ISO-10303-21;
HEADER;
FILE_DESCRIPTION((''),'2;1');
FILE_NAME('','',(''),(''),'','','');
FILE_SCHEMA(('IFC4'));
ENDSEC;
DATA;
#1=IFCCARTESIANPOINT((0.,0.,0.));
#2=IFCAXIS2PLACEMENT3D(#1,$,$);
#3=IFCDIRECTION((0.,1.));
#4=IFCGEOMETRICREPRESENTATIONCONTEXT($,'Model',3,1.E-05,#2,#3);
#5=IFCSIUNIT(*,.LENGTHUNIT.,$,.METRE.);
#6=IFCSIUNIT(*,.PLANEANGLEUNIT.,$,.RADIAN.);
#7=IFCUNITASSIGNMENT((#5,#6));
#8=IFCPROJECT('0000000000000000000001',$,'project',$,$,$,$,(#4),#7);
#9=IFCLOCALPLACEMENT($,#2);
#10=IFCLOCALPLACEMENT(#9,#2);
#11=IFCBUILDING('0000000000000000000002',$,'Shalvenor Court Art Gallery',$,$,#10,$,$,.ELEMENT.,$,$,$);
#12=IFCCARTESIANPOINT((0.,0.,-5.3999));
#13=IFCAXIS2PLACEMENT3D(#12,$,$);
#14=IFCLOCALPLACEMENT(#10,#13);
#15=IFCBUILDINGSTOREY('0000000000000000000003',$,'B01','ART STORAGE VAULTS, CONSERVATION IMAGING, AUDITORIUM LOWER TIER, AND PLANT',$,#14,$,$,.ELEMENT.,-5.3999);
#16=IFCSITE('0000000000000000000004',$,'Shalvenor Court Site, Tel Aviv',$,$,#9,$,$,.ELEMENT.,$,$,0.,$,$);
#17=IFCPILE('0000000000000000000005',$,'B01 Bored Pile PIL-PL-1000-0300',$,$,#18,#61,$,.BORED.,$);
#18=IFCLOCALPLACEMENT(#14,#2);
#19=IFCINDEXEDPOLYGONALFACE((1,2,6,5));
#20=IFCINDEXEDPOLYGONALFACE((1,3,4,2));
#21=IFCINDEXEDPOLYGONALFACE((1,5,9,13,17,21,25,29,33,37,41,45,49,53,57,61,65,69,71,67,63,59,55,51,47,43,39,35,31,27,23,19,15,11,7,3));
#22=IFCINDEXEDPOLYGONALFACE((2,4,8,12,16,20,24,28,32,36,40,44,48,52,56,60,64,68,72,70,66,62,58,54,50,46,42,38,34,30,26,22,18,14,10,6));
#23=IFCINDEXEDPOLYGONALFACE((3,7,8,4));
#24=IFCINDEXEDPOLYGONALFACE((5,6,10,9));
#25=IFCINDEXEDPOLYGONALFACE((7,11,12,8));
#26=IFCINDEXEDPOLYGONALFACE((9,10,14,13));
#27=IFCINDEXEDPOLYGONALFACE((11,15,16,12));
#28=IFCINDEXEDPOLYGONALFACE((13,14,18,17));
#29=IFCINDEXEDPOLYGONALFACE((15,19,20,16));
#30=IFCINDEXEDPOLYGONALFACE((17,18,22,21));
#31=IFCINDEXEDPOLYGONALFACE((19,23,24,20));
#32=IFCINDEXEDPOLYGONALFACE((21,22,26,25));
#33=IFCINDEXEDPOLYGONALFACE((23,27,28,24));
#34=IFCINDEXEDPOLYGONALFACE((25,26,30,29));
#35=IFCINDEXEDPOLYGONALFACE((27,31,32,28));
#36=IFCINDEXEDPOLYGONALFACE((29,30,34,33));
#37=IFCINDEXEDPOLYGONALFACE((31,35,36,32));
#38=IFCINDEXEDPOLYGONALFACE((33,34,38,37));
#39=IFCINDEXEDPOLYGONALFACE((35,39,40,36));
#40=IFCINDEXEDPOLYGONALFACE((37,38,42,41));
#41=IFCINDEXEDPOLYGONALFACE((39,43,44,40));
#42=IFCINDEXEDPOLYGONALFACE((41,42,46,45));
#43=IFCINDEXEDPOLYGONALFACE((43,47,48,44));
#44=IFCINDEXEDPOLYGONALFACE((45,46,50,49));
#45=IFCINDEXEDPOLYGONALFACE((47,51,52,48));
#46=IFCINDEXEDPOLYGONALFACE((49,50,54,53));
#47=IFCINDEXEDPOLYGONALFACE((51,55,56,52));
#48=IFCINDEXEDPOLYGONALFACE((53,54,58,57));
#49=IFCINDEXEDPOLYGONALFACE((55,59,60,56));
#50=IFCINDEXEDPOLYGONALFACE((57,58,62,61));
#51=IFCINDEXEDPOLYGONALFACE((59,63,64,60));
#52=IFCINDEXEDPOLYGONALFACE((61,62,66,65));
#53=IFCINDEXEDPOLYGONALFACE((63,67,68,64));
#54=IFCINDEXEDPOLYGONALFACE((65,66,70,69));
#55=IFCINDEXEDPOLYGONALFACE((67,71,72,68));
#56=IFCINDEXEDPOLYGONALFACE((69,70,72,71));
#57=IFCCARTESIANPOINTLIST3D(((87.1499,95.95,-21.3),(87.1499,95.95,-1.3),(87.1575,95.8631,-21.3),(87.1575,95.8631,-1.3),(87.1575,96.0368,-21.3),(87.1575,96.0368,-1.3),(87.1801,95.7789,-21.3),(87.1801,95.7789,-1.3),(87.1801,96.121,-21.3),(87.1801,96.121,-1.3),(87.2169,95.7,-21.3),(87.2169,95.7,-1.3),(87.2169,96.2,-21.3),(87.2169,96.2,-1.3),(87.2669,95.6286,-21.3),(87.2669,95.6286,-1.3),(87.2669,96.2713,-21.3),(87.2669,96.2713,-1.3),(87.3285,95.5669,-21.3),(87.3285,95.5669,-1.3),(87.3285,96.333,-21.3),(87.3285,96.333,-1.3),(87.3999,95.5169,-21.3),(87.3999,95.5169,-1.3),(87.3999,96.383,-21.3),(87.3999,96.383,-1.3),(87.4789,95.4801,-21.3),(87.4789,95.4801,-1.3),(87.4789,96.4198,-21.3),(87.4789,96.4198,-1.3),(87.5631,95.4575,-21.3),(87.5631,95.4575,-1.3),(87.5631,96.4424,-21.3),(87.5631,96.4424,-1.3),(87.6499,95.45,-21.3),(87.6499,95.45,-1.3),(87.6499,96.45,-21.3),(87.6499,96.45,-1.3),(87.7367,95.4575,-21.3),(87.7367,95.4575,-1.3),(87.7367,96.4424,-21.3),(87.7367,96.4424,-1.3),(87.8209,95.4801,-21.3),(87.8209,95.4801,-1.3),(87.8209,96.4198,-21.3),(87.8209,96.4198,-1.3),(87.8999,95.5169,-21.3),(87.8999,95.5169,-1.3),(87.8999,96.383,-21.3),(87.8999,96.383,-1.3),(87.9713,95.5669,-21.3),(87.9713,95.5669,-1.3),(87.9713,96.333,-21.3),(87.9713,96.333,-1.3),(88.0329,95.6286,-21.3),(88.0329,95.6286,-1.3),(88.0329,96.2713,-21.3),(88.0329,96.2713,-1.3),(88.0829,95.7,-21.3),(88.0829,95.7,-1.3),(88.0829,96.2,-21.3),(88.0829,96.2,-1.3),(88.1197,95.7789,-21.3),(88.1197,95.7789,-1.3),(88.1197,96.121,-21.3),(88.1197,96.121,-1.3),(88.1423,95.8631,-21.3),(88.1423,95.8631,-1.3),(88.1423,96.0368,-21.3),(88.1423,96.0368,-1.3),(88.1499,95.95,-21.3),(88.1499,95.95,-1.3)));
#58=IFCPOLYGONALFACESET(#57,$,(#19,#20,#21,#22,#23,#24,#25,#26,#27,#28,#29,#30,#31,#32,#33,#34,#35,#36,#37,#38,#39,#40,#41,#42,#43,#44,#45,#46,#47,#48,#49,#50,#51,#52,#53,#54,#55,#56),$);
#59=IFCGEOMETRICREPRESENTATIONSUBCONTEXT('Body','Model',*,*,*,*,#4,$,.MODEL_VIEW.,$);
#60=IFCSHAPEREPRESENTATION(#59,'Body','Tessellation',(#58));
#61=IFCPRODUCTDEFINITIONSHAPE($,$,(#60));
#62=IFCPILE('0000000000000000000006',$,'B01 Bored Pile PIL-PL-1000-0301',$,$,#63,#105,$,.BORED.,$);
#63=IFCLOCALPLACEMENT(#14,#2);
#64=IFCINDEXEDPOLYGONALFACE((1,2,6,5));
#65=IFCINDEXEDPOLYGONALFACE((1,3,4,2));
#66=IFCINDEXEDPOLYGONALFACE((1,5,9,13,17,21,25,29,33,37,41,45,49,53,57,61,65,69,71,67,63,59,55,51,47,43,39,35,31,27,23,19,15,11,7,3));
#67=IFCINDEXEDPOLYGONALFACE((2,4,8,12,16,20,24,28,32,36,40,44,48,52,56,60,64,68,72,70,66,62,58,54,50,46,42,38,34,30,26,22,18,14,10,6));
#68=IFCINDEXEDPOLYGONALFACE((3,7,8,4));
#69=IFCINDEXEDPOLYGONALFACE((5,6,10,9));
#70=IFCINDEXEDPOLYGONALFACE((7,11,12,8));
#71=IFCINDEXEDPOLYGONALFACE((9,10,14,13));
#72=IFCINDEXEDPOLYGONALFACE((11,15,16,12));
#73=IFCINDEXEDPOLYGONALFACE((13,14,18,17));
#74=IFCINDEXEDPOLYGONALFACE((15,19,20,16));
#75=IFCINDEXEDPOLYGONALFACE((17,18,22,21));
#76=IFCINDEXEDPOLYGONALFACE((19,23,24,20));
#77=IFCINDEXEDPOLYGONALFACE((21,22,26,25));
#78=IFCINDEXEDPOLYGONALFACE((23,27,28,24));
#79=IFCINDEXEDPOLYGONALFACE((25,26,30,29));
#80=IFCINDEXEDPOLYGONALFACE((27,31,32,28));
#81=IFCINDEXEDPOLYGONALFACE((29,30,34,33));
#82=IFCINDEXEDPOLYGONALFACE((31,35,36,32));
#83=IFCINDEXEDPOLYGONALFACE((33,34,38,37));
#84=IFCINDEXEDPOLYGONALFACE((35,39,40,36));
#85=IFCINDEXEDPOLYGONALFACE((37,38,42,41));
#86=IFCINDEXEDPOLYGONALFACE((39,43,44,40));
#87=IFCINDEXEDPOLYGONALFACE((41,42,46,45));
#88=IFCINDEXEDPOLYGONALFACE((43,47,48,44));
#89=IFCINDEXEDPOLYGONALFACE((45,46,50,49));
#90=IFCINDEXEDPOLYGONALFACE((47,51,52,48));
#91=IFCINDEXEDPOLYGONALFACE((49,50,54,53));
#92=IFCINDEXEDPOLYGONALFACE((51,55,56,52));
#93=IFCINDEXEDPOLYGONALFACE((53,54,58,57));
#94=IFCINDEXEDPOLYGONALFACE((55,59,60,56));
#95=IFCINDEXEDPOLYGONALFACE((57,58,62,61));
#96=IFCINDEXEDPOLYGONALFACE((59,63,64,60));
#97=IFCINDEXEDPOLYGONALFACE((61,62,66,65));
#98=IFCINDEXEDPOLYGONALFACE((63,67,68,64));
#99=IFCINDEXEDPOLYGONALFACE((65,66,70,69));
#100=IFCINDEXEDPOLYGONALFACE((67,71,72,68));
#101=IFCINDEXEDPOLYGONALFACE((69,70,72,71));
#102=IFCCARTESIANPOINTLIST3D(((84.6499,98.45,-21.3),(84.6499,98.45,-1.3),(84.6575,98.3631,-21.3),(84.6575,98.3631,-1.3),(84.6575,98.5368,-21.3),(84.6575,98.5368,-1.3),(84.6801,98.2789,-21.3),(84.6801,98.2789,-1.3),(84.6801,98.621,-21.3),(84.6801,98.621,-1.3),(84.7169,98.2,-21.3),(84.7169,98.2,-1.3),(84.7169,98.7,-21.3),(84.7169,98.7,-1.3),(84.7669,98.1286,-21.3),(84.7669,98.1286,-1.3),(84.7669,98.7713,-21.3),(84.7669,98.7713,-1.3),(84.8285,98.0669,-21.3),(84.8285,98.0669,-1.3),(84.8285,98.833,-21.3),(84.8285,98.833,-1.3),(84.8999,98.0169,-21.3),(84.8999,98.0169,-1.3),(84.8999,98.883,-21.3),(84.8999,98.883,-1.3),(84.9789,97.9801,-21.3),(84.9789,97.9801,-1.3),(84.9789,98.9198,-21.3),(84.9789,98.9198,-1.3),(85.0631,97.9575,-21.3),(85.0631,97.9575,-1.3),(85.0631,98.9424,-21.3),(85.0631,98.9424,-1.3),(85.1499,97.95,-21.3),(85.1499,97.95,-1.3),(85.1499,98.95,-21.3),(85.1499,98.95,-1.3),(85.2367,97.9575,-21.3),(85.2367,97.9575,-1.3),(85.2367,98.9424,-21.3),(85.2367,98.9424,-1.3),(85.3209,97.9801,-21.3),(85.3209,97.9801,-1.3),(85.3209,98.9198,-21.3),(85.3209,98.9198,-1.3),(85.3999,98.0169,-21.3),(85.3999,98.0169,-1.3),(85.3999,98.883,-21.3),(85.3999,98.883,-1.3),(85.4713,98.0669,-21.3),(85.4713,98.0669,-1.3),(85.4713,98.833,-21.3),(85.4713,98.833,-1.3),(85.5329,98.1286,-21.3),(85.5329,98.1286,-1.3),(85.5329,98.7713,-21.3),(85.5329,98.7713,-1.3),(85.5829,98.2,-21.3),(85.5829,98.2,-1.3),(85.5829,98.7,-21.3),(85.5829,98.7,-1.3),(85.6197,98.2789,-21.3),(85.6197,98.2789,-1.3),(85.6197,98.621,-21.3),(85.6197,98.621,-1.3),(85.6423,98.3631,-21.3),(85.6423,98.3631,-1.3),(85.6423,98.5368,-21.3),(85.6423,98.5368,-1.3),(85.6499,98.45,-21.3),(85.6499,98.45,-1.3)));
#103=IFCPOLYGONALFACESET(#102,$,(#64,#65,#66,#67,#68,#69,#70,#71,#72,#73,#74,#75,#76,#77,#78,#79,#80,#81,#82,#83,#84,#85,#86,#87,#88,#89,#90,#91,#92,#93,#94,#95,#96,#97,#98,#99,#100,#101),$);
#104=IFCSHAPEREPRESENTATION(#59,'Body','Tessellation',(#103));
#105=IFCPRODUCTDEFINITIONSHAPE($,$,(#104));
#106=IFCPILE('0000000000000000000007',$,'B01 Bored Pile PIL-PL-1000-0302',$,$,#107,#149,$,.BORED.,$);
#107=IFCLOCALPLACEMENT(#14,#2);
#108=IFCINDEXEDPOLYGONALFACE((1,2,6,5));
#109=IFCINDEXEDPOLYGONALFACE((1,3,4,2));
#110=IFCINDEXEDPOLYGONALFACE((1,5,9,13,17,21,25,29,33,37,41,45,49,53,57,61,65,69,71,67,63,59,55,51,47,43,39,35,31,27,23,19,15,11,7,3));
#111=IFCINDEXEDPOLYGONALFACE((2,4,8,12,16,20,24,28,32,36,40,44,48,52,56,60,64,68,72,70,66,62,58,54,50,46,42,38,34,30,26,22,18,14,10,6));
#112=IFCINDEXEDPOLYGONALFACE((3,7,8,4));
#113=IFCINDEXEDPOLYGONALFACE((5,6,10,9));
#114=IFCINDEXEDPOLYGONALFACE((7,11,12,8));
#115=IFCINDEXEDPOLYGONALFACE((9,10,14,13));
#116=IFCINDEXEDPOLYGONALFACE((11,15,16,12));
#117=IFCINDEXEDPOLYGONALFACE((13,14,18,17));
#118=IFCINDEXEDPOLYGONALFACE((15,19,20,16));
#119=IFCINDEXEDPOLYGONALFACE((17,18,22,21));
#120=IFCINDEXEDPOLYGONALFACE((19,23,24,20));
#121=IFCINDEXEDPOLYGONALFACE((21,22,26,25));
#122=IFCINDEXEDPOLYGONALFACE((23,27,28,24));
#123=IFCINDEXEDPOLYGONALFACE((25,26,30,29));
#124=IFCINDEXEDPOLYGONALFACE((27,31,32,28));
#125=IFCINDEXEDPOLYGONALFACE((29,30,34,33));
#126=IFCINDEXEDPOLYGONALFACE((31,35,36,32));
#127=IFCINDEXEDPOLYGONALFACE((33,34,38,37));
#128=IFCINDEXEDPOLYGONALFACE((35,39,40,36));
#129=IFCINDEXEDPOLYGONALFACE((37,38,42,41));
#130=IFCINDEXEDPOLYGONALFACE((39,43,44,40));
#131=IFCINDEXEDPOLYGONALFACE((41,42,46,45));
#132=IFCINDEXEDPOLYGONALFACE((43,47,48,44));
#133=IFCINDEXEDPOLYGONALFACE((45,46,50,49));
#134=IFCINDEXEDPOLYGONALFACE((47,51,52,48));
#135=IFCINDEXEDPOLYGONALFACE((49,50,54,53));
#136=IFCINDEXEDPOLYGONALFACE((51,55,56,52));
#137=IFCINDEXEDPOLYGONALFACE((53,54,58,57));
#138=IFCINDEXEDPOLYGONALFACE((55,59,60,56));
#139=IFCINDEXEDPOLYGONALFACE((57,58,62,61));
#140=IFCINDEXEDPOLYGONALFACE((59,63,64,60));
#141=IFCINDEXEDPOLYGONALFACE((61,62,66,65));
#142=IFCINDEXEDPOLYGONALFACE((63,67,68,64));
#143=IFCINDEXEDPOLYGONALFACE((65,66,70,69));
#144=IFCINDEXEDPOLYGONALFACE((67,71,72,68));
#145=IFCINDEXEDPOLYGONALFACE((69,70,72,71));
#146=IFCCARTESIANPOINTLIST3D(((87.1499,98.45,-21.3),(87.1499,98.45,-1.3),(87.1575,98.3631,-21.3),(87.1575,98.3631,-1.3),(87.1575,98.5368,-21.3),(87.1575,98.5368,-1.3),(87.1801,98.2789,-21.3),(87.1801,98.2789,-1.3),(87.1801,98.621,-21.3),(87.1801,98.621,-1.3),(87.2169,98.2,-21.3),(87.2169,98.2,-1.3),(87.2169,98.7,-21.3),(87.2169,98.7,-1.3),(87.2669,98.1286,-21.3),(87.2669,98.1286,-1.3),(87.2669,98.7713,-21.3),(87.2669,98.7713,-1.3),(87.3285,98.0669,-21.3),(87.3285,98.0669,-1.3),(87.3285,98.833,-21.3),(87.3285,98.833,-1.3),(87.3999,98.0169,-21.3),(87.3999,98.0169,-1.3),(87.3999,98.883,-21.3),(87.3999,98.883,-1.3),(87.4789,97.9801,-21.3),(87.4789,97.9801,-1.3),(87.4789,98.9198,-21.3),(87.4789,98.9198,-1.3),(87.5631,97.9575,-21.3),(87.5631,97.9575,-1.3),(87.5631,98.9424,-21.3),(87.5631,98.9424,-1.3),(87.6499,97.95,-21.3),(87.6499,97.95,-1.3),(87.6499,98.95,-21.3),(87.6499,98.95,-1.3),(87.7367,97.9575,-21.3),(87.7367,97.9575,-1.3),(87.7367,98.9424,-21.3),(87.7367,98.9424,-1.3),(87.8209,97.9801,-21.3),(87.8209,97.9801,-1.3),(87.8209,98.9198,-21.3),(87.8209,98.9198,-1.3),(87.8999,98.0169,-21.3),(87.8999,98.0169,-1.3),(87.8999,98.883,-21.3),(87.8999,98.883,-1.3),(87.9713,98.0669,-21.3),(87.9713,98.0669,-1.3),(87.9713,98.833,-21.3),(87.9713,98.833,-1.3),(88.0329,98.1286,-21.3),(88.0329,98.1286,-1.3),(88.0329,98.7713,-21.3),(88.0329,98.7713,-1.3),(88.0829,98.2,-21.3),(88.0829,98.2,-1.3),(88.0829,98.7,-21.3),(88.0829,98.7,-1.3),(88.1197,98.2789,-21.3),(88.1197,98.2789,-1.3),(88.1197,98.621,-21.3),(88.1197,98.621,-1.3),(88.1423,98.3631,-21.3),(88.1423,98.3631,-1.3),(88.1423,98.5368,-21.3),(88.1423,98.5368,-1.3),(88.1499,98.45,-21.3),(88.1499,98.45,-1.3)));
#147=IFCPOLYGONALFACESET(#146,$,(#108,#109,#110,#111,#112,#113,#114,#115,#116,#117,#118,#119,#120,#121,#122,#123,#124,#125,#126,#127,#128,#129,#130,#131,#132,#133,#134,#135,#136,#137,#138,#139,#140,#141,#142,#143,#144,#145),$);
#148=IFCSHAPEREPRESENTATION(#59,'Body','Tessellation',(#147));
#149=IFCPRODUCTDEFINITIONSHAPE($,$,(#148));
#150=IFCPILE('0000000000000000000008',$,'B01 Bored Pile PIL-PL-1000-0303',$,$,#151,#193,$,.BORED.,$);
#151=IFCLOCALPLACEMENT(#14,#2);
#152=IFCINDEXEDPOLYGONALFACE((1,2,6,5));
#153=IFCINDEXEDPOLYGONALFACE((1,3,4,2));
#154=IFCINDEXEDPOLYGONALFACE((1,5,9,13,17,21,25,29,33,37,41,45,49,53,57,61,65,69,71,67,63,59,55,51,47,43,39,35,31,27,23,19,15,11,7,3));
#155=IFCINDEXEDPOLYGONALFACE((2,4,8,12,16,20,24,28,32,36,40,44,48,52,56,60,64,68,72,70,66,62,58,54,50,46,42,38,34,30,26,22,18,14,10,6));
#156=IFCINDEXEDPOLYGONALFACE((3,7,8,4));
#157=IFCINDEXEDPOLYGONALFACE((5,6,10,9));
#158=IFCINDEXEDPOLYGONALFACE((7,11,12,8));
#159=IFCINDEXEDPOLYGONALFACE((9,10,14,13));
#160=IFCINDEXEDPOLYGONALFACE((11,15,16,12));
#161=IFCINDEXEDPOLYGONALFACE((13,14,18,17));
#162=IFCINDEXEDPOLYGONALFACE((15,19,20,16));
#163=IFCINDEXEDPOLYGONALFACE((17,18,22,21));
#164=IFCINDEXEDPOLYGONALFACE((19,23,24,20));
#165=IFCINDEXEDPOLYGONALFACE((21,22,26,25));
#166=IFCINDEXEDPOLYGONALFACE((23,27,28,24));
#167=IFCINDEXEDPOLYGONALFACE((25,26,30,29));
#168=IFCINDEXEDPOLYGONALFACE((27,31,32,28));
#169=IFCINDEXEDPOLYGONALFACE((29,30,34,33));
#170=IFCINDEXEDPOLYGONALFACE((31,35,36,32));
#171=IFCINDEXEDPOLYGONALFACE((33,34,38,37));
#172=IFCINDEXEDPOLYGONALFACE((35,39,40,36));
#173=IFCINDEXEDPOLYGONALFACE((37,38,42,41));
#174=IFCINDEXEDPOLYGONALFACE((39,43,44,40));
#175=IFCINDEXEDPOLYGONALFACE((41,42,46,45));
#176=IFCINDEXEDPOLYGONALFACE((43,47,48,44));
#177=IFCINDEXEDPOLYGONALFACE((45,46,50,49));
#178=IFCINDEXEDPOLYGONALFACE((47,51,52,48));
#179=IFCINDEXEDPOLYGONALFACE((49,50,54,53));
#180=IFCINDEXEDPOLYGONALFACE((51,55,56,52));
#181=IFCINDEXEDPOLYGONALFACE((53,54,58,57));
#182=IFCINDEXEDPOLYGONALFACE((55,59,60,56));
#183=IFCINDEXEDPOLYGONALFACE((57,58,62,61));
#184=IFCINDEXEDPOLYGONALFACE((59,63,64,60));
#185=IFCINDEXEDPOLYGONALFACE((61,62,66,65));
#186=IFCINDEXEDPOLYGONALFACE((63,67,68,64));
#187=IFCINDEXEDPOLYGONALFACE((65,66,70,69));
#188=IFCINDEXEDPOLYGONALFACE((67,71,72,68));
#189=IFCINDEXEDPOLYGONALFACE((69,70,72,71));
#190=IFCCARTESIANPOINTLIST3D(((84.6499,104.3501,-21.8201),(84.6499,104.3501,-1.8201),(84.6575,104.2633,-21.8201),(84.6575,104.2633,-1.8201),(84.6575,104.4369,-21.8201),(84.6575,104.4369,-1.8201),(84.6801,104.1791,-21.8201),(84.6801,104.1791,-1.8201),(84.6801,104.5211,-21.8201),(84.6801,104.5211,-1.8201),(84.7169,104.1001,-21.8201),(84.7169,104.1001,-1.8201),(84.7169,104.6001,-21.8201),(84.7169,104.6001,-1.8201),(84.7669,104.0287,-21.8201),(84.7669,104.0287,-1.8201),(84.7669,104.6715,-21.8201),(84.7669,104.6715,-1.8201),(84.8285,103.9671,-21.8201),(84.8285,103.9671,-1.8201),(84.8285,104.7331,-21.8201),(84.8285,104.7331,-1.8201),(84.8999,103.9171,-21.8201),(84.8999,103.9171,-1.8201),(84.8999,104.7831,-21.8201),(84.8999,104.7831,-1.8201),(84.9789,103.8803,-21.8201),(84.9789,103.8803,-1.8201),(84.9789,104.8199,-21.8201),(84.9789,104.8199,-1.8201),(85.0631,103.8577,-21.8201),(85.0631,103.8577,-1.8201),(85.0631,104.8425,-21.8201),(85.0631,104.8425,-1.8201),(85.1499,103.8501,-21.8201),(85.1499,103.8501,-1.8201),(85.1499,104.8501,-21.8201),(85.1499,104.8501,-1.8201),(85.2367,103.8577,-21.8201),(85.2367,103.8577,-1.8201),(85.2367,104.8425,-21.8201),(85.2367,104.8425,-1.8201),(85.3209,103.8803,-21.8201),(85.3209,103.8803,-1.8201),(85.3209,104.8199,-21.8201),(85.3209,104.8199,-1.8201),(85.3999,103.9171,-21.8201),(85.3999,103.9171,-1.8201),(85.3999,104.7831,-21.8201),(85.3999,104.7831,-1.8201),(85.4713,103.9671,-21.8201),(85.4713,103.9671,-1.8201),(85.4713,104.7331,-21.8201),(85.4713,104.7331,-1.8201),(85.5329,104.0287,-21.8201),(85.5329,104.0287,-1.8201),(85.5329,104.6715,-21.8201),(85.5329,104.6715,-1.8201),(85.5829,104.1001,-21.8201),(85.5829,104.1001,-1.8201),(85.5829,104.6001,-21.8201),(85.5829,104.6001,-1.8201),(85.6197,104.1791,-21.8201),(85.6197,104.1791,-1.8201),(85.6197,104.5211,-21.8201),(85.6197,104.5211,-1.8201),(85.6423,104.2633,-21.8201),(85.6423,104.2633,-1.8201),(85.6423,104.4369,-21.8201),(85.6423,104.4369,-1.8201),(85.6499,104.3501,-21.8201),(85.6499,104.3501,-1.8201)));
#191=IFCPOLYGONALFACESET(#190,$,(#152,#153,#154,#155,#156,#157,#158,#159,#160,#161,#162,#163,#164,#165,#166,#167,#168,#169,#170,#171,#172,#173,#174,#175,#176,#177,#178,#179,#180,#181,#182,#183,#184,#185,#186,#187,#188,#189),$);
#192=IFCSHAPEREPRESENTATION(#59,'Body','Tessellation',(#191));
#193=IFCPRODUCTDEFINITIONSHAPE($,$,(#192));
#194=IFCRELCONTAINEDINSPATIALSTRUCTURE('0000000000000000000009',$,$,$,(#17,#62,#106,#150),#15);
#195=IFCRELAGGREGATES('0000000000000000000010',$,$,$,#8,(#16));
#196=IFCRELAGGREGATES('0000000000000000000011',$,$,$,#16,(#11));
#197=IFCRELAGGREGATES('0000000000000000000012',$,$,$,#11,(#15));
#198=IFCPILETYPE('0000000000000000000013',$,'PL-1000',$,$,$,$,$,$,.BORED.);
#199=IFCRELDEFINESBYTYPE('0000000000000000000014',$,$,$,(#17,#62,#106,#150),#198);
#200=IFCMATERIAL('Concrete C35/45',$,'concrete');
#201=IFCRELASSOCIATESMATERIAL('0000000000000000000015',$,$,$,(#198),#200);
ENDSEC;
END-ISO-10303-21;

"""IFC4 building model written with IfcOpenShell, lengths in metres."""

from ifc_helpers import new_model, si_unit, direction, frame, origin, origin_2d, place, context, subcontext, project, spatial, circle, extrude, material, material_profile, profile_set, type_object, element, save


model = new_model("IFC4")

# Units and contexts
model_context = context("Model", 3, precision=1e-05, world=origin(), true_north=direction((0.0, 1.0)))
body_context = subcontext(model_context, "Body", "Model", "MODEL_VIEW")
ifc_project = project(units=[si_unit("LENGTHUNIT", "METRE"), si_unit("PLANEANGLEUNIT", "RADIAN")], contexts=[model_context])

# Site, building, storey
site_placement = place(None, origin())
site = spatial("IfcSite", under=ifc_project, at=site_placement, Name="Shalvenor Court Site, Tel Aviv", CompositionType="ELEMENT", RefElevation=0.0)
building_placement = place(site_placement, origin())
building = spatial("IfcBuilding", under=site, at=building_placement, Name="Shalvenor Court Art Gallery", CompositionType="ELEMENT")
storey_placement = place(building_placement, frame((0.0, 0.0, -5.3999)))
storey = spatial("IfcBuildingStorey", under=building, at=storey_placement, Name="B01", Description="ART STORAGE VAULTS, CONSERVATION IMAGING, AUDITORIUM LOWER TIER, AND PLANT", CompositionType="ELEMENT", Elevation=-5.3999)

# Piles
ifc_material_1 = material(Name="Concrete C35/45", Category="concrete")
ifc_material_profile_1 = material_profile(ifc_material_1, circle(Radius=0.5, at=origin_2d()), Name="PILE 1000")
ifc_profile_set_1 = profile_set([ifc_material_profile_1], Name="Concrete C35/45")
pile_type_1 = type_object("IfcPileType", Name="PL-1000", PredefinedType="BORED", material=ifc_profile_set_1)
for number, where, z_axis, x_axis, name in (
    (1, (87.6499, 95.95, -1.3), (0.0, 0.0, -1.0), (1.0, 0.0, 0.0), "B01 Bored Pile PIL-PL-1000-0300"),
    (2, (85.1499, 98.45, -1.3), (0.0, 0.0, -1.0), (1.0, 0.0, 0.0), "B01 Bored Pile PIL-PL-1000-0301"),
    (3, (87.6499, 98.45, -1.3), (0.0, 0.0, -1.0), (1.0, 0.0, 0.0), "B01 Bored Pile PIL-PL-1000-0302"),
    (4, (85.1499, 104.3501, -1.8201), (0.0, 0.0, -1.0), (1.0, 0.0, 0.0), "B01 Bored Pile PIL-PL-1000-0303"),
):
    element("IfcPile", number, at=place(storey_placement, frame(where, z_axis=z_axis, x_axis=x_axis)), inside=storey, type_object=pile_type_1, Name=name, PredefinedType="BORED", context=body_context, shape_type="SweptSolid", body=[
        extrude(circle(Radius=0.5, at=origin_2d()), origin(), (0.0, 0.0, 1.0), 20.0),
    ])

save(model, "model.ifc")
